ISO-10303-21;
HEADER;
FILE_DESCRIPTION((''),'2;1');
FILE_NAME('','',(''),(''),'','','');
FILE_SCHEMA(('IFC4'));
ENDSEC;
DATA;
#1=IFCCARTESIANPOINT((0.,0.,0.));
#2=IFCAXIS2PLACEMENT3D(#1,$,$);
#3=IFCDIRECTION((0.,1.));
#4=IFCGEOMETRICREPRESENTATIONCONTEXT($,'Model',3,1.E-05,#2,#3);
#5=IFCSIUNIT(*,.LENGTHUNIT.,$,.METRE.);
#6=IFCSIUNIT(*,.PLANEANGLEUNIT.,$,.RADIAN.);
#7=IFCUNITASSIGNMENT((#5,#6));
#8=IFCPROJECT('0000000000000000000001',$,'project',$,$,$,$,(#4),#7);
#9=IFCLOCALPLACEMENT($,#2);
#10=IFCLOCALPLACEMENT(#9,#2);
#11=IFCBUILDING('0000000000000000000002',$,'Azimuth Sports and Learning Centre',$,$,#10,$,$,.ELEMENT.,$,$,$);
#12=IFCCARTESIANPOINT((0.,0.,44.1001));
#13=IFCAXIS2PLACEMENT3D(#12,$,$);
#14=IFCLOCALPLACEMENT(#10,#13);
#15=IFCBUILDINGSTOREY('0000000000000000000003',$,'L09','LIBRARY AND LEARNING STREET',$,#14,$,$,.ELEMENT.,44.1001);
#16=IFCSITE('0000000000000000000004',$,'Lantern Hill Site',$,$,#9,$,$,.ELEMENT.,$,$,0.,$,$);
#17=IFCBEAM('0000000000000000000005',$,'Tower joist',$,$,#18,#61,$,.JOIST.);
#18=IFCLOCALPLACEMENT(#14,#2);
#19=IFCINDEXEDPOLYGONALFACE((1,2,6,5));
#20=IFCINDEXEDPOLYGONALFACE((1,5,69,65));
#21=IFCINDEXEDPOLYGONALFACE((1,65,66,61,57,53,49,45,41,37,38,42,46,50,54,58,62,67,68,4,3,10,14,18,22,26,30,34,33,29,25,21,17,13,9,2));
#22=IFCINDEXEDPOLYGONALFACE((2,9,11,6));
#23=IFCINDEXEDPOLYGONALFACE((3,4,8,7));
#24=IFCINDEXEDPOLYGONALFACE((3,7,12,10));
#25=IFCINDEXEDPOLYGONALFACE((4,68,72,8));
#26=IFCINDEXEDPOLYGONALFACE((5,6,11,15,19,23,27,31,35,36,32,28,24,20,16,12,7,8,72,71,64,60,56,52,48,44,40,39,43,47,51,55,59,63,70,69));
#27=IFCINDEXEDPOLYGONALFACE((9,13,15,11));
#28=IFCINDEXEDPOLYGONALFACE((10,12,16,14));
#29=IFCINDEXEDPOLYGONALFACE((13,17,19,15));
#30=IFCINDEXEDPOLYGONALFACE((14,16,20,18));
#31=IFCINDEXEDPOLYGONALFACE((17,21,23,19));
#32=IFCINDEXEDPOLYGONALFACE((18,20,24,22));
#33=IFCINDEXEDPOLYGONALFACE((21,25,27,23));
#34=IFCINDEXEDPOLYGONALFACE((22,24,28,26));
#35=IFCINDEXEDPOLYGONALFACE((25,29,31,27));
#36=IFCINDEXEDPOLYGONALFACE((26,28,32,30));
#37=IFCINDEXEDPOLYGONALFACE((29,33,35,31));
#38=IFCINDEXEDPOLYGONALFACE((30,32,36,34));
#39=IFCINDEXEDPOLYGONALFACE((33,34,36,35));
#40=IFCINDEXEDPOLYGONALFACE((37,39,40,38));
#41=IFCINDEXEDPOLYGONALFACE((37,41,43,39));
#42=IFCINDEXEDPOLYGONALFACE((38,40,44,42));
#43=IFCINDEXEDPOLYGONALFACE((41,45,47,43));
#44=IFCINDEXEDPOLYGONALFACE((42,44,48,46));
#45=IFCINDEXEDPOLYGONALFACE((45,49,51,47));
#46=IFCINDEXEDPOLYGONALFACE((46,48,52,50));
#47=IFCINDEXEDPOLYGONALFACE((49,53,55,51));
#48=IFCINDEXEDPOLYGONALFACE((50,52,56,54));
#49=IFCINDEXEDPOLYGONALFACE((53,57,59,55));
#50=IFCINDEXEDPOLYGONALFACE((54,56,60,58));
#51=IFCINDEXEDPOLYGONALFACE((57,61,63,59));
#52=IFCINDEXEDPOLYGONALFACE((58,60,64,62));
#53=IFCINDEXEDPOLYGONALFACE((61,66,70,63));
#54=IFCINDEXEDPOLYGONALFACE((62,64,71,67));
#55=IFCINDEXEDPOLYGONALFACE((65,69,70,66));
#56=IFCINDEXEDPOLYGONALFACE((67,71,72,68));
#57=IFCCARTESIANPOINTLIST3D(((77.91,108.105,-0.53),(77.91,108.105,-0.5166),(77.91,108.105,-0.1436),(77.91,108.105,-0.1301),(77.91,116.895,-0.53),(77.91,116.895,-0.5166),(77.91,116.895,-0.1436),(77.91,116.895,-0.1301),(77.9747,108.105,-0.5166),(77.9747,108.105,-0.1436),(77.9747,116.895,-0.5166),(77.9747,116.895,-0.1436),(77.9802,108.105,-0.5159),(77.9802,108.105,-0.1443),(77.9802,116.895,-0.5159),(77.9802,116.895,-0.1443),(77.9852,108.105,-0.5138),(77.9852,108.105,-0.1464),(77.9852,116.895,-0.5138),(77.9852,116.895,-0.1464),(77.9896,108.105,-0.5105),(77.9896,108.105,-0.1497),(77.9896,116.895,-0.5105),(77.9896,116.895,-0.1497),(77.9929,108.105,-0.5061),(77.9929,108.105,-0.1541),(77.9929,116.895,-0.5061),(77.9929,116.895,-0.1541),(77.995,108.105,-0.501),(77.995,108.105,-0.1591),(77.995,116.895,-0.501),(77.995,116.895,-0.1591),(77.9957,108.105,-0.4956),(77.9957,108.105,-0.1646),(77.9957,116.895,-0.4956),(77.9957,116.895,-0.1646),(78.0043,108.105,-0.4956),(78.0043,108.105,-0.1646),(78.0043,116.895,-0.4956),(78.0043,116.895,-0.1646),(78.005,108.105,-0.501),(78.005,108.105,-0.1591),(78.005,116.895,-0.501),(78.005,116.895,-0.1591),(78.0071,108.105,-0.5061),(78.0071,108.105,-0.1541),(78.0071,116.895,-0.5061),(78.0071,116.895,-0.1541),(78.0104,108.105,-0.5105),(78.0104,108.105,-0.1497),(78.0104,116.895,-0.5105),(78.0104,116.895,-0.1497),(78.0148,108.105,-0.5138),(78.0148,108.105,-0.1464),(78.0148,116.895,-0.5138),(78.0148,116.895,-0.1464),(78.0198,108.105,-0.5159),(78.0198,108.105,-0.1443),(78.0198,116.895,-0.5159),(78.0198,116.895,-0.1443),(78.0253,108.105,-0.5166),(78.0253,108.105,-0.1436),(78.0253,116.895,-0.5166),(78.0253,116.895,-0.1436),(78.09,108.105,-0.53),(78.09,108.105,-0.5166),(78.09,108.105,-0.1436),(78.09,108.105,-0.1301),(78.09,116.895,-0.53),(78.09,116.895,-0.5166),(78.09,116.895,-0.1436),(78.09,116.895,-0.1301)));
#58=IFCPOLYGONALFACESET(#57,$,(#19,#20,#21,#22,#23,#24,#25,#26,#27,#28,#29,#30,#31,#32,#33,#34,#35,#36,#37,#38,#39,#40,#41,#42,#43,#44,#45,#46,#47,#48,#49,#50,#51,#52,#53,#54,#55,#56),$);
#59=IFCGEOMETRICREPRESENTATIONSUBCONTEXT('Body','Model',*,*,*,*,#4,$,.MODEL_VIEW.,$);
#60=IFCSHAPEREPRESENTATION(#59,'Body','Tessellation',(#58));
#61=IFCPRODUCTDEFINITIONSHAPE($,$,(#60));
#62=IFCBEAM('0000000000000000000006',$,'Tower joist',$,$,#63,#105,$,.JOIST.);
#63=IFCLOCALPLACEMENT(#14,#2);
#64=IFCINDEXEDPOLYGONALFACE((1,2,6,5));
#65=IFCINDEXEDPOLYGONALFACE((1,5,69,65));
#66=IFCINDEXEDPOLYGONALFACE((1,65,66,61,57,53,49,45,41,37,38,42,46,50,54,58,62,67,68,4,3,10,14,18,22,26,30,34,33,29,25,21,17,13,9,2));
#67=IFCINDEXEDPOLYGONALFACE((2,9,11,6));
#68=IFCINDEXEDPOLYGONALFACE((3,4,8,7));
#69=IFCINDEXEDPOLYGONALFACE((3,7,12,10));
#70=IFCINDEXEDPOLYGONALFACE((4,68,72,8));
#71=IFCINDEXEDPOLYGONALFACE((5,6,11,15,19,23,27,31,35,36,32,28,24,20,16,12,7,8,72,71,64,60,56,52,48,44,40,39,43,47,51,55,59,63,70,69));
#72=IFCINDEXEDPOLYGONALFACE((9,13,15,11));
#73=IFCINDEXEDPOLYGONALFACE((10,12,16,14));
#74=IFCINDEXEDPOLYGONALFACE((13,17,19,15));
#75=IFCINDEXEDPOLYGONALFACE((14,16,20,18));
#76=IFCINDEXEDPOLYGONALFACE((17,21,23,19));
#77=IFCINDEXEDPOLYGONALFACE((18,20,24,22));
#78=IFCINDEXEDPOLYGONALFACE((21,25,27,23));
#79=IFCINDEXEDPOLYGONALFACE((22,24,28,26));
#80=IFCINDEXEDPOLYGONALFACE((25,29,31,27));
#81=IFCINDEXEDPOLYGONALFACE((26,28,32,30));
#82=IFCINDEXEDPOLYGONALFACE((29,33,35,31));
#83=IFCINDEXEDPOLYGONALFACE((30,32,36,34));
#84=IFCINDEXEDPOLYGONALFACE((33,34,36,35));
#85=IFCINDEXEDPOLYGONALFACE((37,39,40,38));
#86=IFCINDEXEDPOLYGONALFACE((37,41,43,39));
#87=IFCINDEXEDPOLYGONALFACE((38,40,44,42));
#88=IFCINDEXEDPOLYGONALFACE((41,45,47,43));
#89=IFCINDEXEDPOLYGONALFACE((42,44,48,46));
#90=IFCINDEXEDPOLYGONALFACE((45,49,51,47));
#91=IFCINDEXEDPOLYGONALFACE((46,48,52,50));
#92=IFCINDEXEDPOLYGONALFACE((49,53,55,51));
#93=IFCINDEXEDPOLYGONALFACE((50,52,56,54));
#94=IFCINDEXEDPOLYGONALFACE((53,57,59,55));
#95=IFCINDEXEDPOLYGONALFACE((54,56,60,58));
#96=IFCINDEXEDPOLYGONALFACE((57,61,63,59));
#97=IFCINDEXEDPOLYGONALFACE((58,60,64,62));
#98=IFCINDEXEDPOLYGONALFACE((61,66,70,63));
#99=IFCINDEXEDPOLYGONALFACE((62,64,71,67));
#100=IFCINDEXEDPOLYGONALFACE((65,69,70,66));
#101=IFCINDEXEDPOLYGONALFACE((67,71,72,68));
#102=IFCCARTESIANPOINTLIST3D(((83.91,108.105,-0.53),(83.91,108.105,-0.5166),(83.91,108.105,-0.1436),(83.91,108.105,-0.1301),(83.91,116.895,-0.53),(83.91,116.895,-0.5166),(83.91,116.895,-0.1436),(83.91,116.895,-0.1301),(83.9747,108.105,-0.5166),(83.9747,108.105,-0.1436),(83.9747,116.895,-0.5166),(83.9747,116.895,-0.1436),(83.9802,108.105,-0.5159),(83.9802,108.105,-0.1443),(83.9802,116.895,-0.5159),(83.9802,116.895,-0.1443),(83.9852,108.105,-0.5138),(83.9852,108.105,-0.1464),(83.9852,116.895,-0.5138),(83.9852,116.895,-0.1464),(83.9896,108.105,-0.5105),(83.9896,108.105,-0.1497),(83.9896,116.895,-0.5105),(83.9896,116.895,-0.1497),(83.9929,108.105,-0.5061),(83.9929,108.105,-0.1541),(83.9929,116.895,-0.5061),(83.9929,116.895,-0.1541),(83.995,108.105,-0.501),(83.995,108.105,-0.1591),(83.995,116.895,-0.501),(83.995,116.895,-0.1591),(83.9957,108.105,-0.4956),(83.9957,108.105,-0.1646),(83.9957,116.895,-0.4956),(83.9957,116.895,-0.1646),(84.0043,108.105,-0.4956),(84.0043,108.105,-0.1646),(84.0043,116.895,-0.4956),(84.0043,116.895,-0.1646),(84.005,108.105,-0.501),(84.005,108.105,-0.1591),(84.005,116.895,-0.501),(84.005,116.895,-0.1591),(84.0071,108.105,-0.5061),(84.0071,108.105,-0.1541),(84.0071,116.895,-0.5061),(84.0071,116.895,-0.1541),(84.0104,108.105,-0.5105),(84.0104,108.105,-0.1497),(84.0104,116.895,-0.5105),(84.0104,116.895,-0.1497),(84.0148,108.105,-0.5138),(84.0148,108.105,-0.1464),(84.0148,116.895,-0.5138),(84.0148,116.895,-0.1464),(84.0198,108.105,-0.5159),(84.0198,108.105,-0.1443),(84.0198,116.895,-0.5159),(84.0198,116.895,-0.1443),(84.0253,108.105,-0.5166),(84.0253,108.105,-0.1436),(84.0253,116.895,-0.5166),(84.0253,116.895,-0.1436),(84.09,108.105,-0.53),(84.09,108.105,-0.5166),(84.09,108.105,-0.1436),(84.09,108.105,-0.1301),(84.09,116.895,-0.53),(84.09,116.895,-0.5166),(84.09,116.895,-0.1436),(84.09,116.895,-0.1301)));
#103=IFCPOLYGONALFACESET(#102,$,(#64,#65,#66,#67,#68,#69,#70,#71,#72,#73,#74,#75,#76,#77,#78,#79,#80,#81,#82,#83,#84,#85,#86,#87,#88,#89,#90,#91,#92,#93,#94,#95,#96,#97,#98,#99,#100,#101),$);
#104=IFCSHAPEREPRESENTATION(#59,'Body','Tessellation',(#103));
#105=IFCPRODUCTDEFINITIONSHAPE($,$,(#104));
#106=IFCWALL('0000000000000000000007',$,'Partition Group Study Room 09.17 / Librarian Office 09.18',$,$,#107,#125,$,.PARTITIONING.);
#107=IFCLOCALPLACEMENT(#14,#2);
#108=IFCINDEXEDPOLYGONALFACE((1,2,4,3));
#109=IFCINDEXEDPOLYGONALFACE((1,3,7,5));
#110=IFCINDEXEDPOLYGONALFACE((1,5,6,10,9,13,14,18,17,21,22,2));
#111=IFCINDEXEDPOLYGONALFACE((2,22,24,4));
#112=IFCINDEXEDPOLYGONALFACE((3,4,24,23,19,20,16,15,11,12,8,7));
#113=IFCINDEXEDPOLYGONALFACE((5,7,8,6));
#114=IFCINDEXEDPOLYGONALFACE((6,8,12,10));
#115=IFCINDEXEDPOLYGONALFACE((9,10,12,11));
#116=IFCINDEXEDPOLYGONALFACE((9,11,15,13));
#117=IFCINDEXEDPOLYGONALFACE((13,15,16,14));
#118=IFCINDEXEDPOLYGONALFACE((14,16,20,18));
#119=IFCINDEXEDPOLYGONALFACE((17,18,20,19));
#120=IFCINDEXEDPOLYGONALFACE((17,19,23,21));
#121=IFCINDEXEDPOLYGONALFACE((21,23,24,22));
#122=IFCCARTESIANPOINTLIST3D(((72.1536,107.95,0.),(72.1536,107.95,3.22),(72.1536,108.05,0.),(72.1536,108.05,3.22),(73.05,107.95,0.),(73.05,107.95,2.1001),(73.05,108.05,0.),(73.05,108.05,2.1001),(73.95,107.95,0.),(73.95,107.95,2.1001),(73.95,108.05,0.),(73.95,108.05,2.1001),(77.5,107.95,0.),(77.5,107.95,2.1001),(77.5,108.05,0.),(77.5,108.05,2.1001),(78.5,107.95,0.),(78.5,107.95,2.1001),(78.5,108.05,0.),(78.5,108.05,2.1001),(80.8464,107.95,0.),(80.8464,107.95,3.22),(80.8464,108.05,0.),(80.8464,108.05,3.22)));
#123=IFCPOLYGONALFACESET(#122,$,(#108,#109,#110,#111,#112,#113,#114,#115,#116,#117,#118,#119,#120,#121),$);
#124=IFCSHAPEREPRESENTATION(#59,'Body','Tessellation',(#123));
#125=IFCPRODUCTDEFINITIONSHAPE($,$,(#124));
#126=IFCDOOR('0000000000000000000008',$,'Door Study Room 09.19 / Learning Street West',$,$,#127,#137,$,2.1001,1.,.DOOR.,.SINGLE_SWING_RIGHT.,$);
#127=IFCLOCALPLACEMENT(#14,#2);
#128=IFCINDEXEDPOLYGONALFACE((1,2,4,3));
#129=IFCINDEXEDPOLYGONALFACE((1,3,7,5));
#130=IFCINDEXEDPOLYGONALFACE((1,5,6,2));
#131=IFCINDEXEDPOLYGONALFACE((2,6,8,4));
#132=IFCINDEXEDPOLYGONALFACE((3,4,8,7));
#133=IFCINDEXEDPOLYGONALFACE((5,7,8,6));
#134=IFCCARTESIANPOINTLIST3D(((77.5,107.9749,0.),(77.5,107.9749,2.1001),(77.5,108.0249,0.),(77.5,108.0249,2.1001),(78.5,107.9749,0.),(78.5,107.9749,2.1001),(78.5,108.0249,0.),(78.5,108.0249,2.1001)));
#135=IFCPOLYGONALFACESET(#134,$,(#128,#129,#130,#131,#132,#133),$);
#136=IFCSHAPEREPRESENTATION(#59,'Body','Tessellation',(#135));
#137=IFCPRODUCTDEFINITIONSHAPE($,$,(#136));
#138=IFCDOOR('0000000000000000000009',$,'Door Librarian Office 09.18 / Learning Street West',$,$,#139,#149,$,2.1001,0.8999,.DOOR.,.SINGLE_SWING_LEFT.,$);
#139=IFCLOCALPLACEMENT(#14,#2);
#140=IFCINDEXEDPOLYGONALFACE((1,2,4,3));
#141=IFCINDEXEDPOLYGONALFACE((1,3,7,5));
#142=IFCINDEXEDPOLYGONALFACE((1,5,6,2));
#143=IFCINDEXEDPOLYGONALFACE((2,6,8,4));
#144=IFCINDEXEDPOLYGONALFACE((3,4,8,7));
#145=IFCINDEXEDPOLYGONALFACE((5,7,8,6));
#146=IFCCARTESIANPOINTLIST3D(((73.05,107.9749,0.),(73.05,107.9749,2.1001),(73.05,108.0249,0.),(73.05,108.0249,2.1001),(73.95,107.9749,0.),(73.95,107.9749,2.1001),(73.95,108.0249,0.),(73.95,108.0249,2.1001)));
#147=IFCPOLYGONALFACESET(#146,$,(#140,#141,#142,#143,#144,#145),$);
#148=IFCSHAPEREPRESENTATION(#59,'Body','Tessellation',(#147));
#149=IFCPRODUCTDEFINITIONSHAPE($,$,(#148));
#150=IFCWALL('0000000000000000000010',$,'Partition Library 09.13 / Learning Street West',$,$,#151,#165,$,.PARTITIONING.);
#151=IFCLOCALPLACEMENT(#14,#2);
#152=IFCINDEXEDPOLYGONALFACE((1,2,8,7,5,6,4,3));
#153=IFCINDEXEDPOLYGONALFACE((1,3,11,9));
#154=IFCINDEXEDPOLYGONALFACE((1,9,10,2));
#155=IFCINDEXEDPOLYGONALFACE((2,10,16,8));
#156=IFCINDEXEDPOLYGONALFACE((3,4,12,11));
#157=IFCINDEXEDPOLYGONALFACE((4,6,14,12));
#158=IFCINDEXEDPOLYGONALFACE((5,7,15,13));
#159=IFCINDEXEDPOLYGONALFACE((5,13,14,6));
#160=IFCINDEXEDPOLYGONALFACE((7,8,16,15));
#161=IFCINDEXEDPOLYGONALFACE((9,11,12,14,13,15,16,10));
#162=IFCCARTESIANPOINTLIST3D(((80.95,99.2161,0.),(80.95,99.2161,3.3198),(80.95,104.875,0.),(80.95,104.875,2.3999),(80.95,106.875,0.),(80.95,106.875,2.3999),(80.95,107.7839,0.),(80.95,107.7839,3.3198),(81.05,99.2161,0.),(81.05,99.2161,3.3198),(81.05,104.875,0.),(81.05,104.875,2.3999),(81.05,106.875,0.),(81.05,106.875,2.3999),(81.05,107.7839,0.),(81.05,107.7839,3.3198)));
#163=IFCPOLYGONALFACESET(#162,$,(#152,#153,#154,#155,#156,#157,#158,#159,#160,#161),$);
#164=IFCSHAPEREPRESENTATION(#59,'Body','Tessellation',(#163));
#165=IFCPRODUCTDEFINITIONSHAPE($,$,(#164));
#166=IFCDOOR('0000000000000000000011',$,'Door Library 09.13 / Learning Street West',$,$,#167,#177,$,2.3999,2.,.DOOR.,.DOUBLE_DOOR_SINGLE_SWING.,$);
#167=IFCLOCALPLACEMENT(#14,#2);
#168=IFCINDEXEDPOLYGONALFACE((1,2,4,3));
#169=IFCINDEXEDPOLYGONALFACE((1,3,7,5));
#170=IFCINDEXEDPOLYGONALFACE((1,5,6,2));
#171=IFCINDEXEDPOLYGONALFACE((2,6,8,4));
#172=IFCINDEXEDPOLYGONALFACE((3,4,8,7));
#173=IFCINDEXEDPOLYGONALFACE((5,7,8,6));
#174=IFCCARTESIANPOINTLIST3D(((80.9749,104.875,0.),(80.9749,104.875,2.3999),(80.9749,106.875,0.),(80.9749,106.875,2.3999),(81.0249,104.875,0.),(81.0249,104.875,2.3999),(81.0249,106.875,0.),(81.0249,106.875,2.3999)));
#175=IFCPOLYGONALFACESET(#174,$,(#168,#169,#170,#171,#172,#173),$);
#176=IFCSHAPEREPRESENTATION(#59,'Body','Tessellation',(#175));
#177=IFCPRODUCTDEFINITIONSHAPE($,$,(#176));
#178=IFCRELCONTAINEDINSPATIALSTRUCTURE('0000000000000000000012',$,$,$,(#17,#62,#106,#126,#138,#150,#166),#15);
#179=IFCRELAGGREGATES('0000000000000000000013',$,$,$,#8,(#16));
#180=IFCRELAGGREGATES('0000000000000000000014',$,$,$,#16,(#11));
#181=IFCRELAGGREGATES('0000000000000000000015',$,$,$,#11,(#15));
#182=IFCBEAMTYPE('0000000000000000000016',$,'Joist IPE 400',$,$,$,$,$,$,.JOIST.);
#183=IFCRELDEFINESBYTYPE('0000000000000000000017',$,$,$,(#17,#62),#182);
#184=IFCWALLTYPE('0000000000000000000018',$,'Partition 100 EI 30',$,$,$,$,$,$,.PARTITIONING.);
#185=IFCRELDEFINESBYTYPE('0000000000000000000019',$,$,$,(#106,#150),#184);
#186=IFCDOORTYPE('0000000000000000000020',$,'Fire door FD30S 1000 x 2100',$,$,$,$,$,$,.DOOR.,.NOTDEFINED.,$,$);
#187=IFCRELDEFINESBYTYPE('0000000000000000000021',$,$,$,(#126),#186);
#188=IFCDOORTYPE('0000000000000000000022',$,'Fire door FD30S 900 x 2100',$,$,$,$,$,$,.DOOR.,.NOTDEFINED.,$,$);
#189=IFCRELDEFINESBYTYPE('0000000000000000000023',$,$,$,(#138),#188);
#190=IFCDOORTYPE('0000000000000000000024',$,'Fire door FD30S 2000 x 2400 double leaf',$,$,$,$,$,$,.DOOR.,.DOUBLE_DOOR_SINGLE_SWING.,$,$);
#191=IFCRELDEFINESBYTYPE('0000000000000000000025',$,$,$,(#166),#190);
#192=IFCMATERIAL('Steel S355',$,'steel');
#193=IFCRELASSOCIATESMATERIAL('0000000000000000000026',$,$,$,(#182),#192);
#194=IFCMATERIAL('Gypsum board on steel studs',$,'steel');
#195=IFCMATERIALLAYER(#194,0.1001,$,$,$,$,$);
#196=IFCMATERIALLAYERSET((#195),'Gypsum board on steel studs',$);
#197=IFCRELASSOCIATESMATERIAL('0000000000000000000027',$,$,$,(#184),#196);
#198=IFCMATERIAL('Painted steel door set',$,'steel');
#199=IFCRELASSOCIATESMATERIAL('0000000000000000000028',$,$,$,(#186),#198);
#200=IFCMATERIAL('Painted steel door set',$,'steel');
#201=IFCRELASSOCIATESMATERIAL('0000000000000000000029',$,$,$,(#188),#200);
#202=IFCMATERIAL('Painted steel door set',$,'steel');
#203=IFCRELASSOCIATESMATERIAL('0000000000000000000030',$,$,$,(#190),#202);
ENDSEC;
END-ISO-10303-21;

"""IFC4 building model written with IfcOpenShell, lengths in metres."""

from ifc_helpers import new_model, si_unit, direction, frame, frame_2d, origin, origin_2d, place, context, subcontext, project, spatial, rectangle, i_section, extrude, material, layer, layer_set, material_profile, profile_set, type_object, element, fill, save


model = new_model("IFC4")

# Units and contexts
model_context = context("Model", 3, precision=1e-05, world=origin(), true_north=direction((0.0, 1.0)))
body_context = subcontext(model_context, "Body", "Model", "MODEL_VIEW")
ifc_project = project(units=[si_unit("LENGTHUNIT", "METRE"), si_unit("PLANEANGLEUNIT", "RADIAN")], contexts=[model_context])

# Site, building, storey
site_placement = place(None, origin())
site = spatial("IfcSite", under=ifc_project, at=site_placement, Name="Lantern Hill Site", CompositionType="ELEMENT", RefElevation=0.0)
building_placement = place(site_placement, origin())
building = spatial("IfcBuilding", under=site, at=building_placement, Name="Azimuth Sports and Learning Centre", CompositionType="ELEMENT")
storey_placement = place(building_placement, frame((0.0, 0.0, 44.1001)))
storey = spatial("IfcBuildingStorey", under=building, at=storey_placement, Name="L09", Description="LIBRARY AND LEARNING STREET", CompositionType="ELEMENT", Elevation=44.1001)

# Beams
ifc_material_1 = material(Name="Steel S355", Category="steel")
ifc_material_profile_1 = material_profile(ifc_material_1, i_section(OverallWidth=0.1799, OverallDepth=0.3999, WebThickness=0.0085, FlangeThickness=0.0134, FilletRadius=0.021, at=origin_2d()), Name="IPE 400")
ifc_profile_set_1 = profile_set([ifc_material_profile_1], Name="Steel S355")
beam_type_1 = type_object("IfcBeamType", Name="Joist IPE 400", PredefinedType="JOIST", material=ifc_profile_set_1)
for number, where, z_axis, x_axis, name in (
    (1, (78.0, 108.105, -0.3301), (0.0, 1.0, 0.0), (-1.0, 0.0, 0.0), "Tower joist"),
    (2, (84.0, 108.105, -0.3301), (0.0, 1.0, 0.0), (-1.0, 0.0, 0.0), "Tower joist"),
):
    element("IfcBeam", number, at=place(storey_placement, frame(where, z_axis=z_axis, x_axis=x_axis)), inside=storey, type_object=beam_type_1, Name=name, PredefinedType="JOIST", context=body_context, shape_type="SweptSolid", body=[
        extrude(i_section(OverallWidth=0.1799, OverallDepth=0.3999, WebThickness=0.0085, FlangeThickness=0.0134, FilletRadius=0.021, at=origin_2d()), origin(), (0.0, 0.0, 1.0), 8.79),
    ])

# Wall, openings, doors
ifc_material_2 = material(Name="Gypsum board on steel studs", Category="steel")
ifc_layer_1 = layer(ifc_material_2, 0.1001)
ifc_layer_set_1 = layer_set([ifc_layer_1], Name="Gypsum board on steel studs")
wall_type_1 = type_object("IfcWallType", Name="Partition 100 EI 30", PredefinedType="PARTITIONING", material=ifc_layer_set_1)
wall_1_placement = place(storey_placement, frame((72.1536, 108.0, 0.0), z_axis=(0.0, 0.0, 1.0), x_axis=(1.0, 0.0, 0.0)))
wall_1 = element("IfcWall", 3, at=wall_1_placement, inside=storey, type_object=wall_type_1, Name="Partition Group Study Room 09.17 / Librarian Office 09.18", PredefinedType="PARTITIONING", context=body_context, shape_type="SweptSolid", body=[
    extrude(rectangle(XDim=8.6929, YDim=0.1001, at=frame_2d((4.3464, 0.0))), origin(), (0.0, 0.0, 1.0), 3.22),
])
opening_1_placement = place(wall_1_placement, frame((0.8965, 0.0, 0.0)))
opening_1 = element("IfcOpeningElement", 4, at=opening_1_placement, cuts=wall_1, PredefinedType="OPENING", context=body_context, shape_type="SweptSolid", body=[
    extrude(rectangle(XDim=0.8999, YDim=2.1001, at=frame_2d((0.45, 1.05))), frame((0.0, 0.061, 0.0), z_axis=(0.0, -1.0, 0.0), x_axis=(1.0, 0.0, 0.0)), (0.0, 0.0, 1.0), 0.1221),
])
opening_2_placement = place(wall_1_placement, frame((5.3464, 0.0, 0.0)))
opening_2 = element("IfcOpeningElement", 5, at=opening_2_placement, cuts=wall_1, PredefinedType="OPENING", context=body_context, shape_type="SweptSolid", body=[
    extrude(rectangle(XDim=1.0, YDim=2.1001, at=frame_2d((0.5, 1.05))), frame((0.0, 0.061, 0.0), z_axis=(0.0, -1.0, 0.0), x_axis=(1.0, 0.0, 0.0)), (0.0, 0.0, 1.0), 0.1221),
])
ifc_material_3 = material(Name="Painted steel door set", Category="steel")
door_type_1 = type_object("IfcDoorType", Name="Fire door FD30S 1000 x 2100", OperationType="NOTDEFINED", PredefinedType="DOOR", material=ifc_material_3)
door_1_placement = place(opening_2_placement, origin())
door_1 = element("IfcDoor", 6, at=door_1_placement, inside=storey, type_object=door_type_1, Name="Door Study Room 09.19 / Learning Street West", OperationType="SINGLE_SWING_RIGHT", OverallHeight=2.1001, OverallWidth=1.0, PredefinedType="DOOR", context=body_context, shape_type="SweptSolid", body=[
    extrude(rectangle(XDim=1.0, YDim=2.1001, at=frame_2d((0.5, 1.05))), frame((0.0, 0.0249, 0.0), z_axis=(0.0, -1.0, 0.0), x_axis=(1.0, 0.0, 0.0)), (0.0, 0.0, 1.0), 0.05),
])
fill(opening_2, door_1)
ifc_material_4 = material(Name="Painted steel door set", Category="steel")
door_type_2 = type_object("IfcDoorType", Name="Fire door FD30S 900 x 2100", OperationType="NOTDEFINED", PredefinedType="DOOR", material=ifc_material_4)
door_2_placement = place(opening_1_placement, origin())
door_2 = element("IfcDoor", 7, at=door_2_placement, inside=storey, type_object=door_type_2, Name="Door Librarian Office 09.18 / Learning Street West", OperationType="SINGLE_SWING_LEFT", OverallHeight=2.1001, OverallWidth=0.8999, PredefinedType="DOOR", context=body_context, shape_type="SweptSolid", body=[
    extrude(rectangle(XDim=0.8999, YDim=2.1001, at=frame_2d((0.45, 1.05))), frame((0.0, 0.0249, 0.0), z_axis=(0.0, -1.0, 0.0), x_axis=(1.0, 0.0, 0.0)), (0.0, 0.0, 1.0), 0.05),
])
fill(opening_1, door_2)

# Wall, opening, door
wall_2_placement = place(storey_placement, frame((81.0, 99.2161, 0.0), z_axis=(0.0, 0.0, 1.0), x_axis=(0.0, 1.0, 0.0)))
wall_2 = element("IfcWall", 8, at=wall_2_placement, inside=storey, type_object=wall_type_1, Name="Partition Library 09.13 / Learning Street West", PredefinedType="PARTITIONING", context=body_context, shape_type="SweptSolid", body=[
    extrude(rectangle(XDim=8.5679, YDim=0.1001, at=frame_2d((4.2839, 0.0))), origin(), (0.0, 0.0, 1.0), 3.3198),
])
opening_3_placement = place(wall_2_placement, frame((5.6589, 0.0, 0.0)))
opening_3 = element("IfcOpeningElement", 9, at=opening_3_placement, cuts=wall_2, PredefinedType="OPENING", context=body_context, shape_type="SweptSolid", body=[
    extrude(rectangle(XDim=2.0, YDim=2.3999, at=frame_2d((1.0, 1.2))), frame((0.0, 0.061, 0.0), z_axis=(0.0, -1.0, 0.0), x_axis=(1.0, 0.0, 0.0)), (0.0, 0.0, 1.0), 0.1221),
])
ifc_material_5 = material(Name="Painted steel door set", Category="steel")
door_type_3 = type_object("IfcDoorType", Name="Fire door FD30S 2000 x 2400 double leaf", OperationType="DOUBLE_DOOR_SINGLE_SWING", PredefinedType="DOOR", material=ifc_material_5)
door_3_placement = place(opening_3_placement, frame((2.0, 0.0, 0.0), z_axis=(0.0, 0.0, 1.0), x_axis=(-1.0, 0.0, 0.0)))
door_3 = element("IfcDoor", 10, at=door_3_placement, inside=storey, type_object=door_type_3, Name="Door Library 09.13 / Learning Street West", OperationType="DOUBLE_DOOR_SINGLE_SWING", OverallHeight=2.3999, OverallWidth=2.0, PredefinedType="DOOR", context=body_context, shape_type="SweptSolid", body=[
    extrude(rectangle(XDim=2.0, YDim=2.3999, at=frame_2d((1.0, 1.2))), frame((0.0, 0.0249, 0.0), z_axis=(0.0, -1.0, 0.0), x_axis=(1.0, 0.0, 0.0)), (0.0, 0.0, 1.0), 0.05),
])
fill(opening_3, door_3)

save(model, "model.ifc")
